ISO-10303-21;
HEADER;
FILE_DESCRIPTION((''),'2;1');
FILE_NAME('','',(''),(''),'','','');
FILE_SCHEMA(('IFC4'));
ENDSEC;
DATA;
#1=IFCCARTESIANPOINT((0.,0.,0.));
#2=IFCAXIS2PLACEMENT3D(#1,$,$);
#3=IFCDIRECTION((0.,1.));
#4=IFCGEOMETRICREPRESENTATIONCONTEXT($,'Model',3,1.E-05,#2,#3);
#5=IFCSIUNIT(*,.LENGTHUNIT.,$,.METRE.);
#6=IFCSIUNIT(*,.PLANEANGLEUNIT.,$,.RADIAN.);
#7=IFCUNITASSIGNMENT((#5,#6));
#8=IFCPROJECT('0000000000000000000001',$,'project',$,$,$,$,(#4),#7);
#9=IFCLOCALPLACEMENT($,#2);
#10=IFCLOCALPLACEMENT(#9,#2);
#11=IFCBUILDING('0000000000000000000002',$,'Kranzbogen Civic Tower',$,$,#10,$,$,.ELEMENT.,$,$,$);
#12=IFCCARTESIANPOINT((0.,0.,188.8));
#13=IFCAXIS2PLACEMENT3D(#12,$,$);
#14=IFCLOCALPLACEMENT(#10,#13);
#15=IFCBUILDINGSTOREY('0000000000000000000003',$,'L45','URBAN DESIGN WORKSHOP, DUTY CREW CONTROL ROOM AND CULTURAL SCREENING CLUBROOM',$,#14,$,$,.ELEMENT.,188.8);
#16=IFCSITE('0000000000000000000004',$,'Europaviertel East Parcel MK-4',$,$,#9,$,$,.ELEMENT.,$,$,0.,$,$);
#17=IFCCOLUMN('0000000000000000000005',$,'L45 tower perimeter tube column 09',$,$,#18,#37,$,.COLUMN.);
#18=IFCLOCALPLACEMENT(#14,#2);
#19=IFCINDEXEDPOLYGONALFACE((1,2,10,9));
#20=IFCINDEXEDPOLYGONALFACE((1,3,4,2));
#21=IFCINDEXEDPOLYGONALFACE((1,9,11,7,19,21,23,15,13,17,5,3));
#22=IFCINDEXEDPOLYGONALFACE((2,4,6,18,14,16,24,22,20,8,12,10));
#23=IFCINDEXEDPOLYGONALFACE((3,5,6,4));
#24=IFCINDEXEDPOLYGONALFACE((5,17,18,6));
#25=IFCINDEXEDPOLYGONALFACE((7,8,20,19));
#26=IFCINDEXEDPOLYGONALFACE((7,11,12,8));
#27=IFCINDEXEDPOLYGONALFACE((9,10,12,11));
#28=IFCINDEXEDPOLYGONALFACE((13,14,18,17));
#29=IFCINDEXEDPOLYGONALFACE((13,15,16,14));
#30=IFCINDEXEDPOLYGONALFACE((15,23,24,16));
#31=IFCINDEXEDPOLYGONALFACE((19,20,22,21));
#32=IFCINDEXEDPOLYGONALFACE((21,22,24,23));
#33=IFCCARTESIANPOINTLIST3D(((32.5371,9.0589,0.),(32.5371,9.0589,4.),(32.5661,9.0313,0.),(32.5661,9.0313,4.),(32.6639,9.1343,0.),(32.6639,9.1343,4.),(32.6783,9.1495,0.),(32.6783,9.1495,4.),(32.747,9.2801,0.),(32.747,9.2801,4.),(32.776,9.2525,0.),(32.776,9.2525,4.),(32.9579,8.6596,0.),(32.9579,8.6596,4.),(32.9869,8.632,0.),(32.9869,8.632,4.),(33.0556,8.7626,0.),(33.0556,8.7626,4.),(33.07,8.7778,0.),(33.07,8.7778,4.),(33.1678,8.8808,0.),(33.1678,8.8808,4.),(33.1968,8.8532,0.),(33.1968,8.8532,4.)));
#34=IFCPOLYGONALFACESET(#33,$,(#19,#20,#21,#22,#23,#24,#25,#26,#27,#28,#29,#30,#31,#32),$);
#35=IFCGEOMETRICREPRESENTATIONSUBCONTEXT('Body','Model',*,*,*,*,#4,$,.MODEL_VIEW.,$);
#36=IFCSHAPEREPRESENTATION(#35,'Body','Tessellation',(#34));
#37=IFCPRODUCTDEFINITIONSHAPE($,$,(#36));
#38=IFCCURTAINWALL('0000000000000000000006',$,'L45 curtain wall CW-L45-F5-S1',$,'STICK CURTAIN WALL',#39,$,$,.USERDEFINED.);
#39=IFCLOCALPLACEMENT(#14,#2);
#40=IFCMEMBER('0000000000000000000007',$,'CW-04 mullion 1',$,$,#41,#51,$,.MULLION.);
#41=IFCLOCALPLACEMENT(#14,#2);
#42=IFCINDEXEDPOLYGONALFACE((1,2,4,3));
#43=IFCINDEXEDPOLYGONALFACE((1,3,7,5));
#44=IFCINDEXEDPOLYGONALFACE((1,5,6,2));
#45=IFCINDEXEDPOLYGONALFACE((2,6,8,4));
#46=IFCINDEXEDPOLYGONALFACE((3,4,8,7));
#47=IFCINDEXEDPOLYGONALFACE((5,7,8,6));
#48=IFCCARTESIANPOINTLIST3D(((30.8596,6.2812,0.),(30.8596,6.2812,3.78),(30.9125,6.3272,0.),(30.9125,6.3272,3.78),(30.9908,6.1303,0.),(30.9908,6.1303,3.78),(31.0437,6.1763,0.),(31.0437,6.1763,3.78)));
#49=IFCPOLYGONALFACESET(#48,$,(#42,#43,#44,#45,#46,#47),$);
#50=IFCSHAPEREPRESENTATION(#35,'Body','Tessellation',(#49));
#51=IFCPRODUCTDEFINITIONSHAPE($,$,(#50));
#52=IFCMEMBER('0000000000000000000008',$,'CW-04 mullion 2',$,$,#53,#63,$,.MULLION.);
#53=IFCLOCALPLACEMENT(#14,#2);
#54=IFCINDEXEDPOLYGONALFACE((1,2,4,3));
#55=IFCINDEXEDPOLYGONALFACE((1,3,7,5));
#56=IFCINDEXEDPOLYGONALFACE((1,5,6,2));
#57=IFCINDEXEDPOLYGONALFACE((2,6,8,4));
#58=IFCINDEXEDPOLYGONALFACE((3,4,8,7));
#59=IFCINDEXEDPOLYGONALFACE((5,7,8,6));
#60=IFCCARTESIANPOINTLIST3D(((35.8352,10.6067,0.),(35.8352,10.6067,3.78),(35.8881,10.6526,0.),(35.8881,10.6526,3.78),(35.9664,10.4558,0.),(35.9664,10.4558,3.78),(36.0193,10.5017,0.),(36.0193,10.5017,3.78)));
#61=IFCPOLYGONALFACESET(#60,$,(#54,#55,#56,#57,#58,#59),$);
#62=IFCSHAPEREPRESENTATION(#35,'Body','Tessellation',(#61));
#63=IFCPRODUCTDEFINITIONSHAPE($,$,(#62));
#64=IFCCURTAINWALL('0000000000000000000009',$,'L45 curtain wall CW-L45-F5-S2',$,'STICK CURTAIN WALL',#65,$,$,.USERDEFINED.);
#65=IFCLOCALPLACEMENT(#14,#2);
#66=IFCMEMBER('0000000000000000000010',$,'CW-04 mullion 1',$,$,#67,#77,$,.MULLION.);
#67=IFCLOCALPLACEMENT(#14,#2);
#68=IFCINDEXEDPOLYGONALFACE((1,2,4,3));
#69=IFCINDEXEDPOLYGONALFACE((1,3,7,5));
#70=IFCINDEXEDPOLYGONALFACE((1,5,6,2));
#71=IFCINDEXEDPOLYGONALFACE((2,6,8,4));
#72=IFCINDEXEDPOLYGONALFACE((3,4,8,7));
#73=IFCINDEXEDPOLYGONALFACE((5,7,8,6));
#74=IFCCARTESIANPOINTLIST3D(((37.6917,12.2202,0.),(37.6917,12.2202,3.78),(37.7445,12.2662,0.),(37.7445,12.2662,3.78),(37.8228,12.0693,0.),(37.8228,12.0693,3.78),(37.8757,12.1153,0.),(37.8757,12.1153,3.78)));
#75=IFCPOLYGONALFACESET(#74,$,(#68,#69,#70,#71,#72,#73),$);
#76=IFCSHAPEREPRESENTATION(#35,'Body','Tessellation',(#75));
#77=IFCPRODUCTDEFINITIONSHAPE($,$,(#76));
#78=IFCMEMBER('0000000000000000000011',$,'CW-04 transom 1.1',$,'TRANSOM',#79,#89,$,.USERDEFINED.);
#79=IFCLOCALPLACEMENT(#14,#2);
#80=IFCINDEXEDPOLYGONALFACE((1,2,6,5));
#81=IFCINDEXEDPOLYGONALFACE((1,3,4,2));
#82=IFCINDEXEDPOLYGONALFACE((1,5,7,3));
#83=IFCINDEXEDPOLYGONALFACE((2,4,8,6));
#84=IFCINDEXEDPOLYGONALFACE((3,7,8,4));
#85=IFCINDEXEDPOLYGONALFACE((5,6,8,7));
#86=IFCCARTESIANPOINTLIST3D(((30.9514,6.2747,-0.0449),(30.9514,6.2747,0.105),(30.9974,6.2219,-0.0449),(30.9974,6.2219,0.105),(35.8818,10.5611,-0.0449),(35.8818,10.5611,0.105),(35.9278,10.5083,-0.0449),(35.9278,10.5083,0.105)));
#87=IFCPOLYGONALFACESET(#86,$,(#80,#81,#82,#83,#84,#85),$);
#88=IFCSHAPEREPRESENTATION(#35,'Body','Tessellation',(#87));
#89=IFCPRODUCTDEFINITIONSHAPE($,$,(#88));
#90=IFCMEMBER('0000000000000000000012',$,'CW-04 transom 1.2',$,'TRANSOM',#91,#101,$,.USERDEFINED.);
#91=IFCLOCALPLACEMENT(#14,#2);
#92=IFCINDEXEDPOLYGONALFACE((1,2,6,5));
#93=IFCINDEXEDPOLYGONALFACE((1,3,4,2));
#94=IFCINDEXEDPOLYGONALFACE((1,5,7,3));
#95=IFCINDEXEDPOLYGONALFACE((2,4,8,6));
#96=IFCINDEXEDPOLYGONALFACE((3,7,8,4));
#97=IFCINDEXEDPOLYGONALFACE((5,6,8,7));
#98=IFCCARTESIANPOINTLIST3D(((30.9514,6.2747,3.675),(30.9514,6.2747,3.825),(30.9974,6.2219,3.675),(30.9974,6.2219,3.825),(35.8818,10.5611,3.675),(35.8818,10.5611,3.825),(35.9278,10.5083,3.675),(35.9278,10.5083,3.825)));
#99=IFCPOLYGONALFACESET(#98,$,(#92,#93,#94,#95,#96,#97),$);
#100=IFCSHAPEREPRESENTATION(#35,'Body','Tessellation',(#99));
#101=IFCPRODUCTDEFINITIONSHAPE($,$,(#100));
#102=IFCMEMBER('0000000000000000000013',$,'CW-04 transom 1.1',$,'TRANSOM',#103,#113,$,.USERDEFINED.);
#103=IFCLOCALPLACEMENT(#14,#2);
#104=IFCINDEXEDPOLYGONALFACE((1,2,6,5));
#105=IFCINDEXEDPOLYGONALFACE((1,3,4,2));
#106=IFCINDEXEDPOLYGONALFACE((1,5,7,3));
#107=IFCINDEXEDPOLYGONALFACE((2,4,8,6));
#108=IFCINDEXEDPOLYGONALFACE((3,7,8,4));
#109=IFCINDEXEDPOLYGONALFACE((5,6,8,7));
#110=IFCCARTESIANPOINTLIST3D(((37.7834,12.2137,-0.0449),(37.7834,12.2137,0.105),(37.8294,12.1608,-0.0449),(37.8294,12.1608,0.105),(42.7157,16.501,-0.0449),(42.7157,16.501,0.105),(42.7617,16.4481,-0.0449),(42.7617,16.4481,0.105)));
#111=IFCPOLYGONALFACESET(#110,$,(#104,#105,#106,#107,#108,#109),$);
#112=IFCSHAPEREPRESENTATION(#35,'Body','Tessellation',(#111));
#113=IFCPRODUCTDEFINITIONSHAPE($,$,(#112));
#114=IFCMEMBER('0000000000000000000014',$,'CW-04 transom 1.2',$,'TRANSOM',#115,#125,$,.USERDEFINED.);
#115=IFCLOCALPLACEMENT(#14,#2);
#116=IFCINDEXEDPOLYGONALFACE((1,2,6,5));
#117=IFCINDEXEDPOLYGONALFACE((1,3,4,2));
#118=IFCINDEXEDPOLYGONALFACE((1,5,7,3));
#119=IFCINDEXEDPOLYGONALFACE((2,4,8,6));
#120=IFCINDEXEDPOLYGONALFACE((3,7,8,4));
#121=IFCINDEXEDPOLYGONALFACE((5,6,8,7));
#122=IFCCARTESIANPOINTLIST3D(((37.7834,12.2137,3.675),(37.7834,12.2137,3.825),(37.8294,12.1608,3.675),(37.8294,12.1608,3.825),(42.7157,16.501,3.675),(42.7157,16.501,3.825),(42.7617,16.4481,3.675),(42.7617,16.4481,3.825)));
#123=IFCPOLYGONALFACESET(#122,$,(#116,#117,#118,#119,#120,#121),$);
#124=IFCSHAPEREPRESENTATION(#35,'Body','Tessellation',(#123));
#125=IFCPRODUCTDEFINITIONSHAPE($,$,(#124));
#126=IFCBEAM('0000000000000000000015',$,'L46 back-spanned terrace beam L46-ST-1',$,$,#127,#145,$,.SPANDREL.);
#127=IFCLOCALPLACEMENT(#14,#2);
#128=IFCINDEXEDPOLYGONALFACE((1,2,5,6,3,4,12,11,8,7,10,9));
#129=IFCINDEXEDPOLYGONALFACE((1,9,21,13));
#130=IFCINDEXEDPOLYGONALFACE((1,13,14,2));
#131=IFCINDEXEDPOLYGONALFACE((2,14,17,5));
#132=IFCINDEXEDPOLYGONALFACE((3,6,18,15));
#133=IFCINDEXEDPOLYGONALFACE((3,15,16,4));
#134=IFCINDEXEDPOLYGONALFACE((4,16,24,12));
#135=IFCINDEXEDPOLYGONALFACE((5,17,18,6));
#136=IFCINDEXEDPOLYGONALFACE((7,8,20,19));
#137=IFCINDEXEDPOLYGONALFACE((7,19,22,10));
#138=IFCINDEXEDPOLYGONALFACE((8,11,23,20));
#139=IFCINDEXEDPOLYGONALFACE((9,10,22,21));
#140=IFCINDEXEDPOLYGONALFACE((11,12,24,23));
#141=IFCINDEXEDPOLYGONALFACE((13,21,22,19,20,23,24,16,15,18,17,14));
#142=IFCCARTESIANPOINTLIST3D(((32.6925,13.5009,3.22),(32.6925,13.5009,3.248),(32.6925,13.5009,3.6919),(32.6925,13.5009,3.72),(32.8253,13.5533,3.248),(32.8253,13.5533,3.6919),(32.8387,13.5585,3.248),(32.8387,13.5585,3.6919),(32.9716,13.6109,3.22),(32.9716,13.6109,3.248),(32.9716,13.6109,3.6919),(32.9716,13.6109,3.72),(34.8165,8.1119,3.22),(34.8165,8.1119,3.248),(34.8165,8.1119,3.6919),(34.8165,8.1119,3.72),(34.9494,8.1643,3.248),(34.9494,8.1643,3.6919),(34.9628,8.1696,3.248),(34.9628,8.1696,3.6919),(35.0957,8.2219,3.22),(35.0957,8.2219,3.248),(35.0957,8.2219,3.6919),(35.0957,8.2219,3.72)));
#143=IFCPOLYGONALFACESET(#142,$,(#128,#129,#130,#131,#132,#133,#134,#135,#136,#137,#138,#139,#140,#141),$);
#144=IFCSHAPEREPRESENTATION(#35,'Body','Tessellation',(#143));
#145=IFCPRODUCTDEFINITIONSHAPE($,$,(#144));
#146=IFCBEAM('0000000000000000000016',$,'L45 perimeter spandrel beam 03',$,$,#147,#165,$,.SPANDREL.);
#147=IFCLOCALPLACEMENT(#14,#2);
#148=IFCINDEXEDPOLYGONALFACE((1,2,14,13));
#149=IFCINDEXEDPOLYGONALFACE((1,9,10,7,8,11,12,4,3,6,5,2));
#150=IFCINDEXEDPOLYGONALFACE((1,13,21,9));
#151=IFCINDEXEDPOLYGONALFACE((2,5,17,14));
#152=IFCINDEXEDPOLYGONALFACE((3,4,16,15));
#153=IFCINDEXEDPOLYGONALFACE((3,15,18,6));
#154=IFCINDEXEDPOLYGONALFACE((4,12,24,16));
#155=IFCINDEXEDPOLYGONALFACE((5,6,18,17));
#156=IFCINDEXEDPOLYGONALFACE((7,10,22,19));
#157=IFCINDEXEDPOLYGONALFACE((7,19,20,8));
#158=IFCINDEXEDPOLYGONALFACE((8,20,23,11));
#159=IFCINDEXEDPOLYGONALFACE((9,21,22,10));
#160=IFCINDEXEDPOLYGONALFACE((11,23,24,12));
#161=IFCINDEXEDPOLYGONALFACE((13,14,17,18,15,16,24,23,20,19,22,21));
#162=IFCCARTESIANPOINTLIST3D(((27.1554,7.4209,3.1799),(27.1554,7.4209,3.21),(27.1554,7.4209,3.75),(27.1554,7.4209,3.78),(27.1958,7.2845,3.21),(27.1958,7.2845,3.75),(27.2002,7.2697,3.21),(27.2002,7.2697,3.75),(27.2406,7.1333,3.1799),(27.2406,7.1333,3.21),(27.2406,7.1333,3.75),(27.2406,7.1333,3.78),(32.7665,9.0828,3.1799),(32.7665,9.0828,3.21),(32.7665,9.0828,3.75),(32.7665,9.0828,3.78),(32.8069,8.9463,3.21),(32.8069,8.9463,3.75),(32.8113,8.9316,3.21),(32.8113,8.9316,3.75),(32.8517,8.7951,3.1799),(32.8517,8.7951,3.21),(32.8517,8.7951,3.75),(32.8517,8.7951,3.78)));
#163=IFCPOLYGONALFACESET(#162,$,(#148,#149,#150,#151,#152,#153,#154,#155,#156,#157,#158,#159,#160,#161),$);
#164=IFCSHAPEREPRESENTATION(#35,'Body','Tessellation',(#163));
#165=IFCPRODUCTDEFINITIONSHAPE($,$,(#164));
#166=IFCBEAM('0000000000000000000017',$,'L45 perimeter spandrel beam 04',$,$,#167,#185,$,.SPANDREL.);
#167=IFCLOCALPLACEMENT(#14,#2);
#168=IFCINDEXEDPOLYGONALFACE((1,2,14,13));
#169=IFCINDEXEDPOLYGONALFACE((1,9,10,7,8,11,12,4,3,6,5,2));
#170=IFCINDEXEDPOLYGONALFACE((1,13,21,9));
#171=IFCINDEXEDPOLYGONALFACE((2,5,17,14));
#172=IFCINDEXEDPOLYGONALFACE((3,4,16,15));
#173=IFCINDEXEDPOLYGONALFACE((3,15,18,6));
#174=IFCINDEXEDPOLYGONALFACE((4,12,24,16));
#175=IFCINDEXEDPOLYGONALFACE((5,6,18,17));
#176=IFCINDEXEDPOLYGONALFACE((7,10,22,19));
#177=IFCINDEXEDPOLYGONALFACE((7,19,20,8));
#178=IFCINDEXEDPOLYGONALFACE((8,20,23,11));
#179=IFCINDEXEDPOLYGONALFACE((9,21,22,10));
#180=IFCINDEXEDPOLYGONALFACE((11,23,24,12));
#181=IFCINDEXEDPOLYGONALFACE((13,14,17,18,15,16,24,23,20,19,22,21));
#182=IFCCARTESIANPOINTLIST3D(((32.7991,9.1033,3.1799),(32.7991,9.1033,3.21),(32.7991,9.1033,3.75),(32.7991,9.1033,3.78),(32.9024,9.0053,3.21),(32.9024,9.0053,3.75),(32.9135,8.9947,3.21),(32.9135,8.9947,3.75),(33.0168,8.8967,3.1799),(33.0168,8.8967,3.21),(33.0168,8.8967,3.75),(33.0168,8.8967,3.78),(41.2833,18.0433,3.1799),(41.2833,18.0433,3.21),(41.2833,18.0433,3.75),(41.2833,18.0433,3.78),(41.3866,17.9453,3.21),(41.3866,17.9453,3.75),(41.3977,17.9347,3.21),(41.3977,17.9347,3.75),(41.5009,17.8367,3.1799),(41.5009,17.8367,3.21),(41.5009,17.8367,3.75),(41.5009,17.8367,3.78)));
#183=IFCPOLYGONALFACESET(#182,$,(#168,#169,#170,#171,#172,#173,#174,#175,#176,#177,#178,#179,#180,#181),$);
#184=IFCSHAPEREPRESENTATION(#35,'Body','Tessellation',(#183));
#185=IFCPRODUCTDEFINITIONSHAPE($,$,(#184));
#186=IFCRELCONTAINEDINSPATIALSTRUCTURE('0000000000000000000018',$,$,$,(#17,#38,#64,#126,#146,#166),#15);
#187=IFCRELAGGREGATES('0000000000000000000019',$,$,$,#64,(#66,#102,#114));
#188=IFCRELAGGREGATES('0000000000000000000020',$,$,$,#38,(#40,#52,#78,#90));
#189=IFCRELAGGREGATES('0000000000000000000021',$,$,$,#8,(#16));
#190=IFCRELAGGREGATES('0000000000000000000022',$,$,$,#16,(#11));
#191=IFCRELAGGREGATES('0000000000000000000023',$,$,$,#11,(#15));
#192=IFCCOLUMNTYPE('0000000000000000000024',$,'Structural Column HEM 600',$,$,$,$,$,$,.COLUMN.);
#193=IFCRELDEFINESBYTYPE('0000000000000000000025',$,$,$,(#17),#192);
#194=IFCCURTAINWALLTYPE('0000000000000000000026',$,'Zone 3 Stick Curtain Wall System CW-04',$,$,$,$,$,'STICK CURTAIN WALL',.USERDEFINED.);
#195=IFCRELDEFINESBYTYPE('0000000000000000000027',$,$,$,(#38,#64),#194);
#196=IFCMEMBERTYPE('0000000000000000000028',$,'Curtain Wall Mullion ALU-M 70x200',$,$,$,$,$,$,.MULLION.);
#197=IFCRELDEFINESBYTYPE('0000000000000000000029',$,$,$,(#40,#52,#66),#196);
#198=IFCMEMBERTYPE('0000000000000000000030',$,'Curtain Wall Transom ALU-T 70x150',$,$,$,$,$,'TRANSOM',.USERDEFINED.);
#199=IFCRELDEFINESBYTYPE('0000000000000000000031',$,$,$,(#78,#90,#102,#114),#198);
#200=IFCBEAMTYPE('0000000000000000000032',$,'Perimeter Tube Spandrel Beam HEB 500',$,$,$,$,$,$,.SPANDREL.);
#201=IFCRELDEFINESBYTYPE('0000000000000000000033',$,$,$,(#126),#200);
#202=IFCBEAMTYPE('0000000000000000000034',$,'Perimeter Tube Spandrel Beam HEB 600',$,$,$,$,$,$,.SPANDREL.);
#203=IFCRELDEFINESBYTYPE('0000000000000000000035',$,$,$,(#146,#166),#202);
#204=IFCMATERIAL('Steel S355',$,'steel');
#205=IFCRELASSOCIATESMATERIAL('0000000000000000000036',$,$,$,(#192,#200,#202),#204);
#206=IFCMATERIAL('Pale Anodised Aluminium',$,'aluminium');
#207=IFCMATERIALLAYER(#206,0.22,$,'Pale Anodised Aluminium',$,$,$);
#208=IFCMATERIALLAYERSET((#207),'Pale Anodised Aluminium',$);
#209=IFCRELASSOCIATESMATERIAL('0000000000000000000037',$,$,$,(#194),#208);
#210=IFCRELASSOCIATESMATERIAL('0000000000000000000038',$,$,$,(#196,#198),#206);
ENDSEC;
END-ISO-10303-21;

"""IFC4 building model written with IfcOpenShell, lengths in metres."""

from ifc_helpers import new_model, si_unit, direction, frame, origin, origin_2d, place, context, subcontext, project, spatial, rectangle, i_section, extrude, material, layer, layer_set, material_profile, profile_set, type_object, element, aggregate, save


model = new_model("IFC4")

# Units and contexts
model_context = context("Model", 3, precision=1e-05, world=origin(), true_north=direction((0.0, 1.0)))
body_context = subcontext(model_context, "Body", "Model", "MODEL_VIEW")
ifc_project = project(units=[si_unit("LENGTHUNIT", "METRE"), si_unit("PLANEANGLEUNIT", "RADIAN")], contexts=[model_context])

# Site, building, storey
site_placement = place(None, origin())
site = spatial("IfcSite", under=ifc_project, at=site_placement, Name="Europaviertel East Parcel MK-4", CompositionType="ELEMENT", RefElevation=0.0)
building_placement = place(site_placement, origin())
building = spatial("IfcBuilding", under=site, at=building_placement, Name="Kranzbogen Civic Tower", CompositionType="ELEMENT")
storey_placement = place(building_placement, frame((0.0, 0.0, 188.8)))
storey = spatial("IfcBuildingStorey", under=building, at=storey_placement, Name="L45", Description="URBAN DESIGN WORKSHOP, DUTY CREW CONTROL ROOM AND CULTURAL SCREENING CLUBROOM", CompositionType="ELEMENT", Elevation=188.8)

# Column
ifc_material_1 = material(Name="Steel S355", Category="steel")
ifc_material_profile_1 = material_profile(ifc_material_1, i_section(OverallWidth=0.3049, OverallDepth=0.6201, WebThickness=0.021, FlangeThickness=0.04, at=origin_2d()), Name="HEM 600")
ifc_profile_set_1 = profile_set([ifc_material_profile_1], Name="Steel S355")
column_type = type_object("IfcColumnType", Name="Structural Column HEM 600", PredefinedType="COLUMN", material=ifc_profile_set_1)
column_placement = place(storey_placement, frame((32.8669, 8.9561, 0.0), z_axis=(0.0, 0.0, 1.0), x_axis=(0.688355, 0.725374, 0.0)))
element("IfcColumn", 1, at=column_placement, inside=storey, type_object=column_type, Name="L45 tower perimeter tube column 09", PredefinedType="COLUMN", context=body_context, shape_type="SweptSolid", body=[
    extrude(i_section(OverallWidth=0.3049, OverallDepth=0.6201, WebThickness=0.021, FlangeThickness=0.04, at=origin_2d()), origin(), (0.0, 0.0, 1.0), 4.0),
])

# Curtain wall, members
ifc_material_2 = material(Name="Pale Anodised Aluminium", Category="aluminium")
ifc_layer_1 = layer(ifc_material_2, 0.22, Name="Pale Anodised Aluminium")
ifc_layer_set_1 = layer_set([ifc_layer_1], Name="Pale Anodised Aluminium")
curtain_wall_type = type_object("IfcCurtainWallType", Name="Zone 3 Stick Curtain Wall System CW-04", ElementType="STICK CURTAIN WALL", PredefinedType="USERDEFINED", material=ifc_layer_set_1)
curtain_wall_1_placement = place(storey_placement, origin())
curtain_wall_1 = element("IfcCurtainWall", 2, at=curtain_wall_1_placement, inside=storey, type_object=curtain_wall_type, Name="L45 curtain wall CW-L45-F5-S1", ObjectType="STICK CURTAIN WALL", PredefinedType="USERDEFINED")
ifc_material_profile_2 = material_profile(ifc_material_2, rectangle(XDim=0.0701, YDim=0.2, at=origin_2d()), Name="ALU-M 70x200")
ifc_profile_set_2 = profile_set([ifc_material_profile_2], Name="Pale Anodised Aluminium")
member_type_1 = type_object("IfcMemberType", Name="Curtain Wall Mullion ALU-M 70x200", PredefinedType="MULLION", material=ifc_profile_set_2)
member_1_placement = place(storey_placement, frame((30.9517, 6.2288, 0.0), z_axis=(0.0, 0.0, 1.0), x_axis=(0.754686, 0.656086, 0.0)))
member_1 = element("IfcMember", 3, at=member_1_placement, type_object=member_type_1, Name="CW-04 mullion 1", PredefinedType="MULLION", context=body_context, shape_type="SweptSolid", body=[
    extrude(rectangle(XDim=0.0701, YDim=0.2, at=origin_2d()), origin(), (0.0, 0.0, 1.0), 3.78),
])
member_2_placement = place(storey_placement, frame((35.9272, 10.5542, 0.0), z_axis=(0.0, 0.0, 1.0), x_axis=(0.754686, 0.656086, 0.0)))
member_2 = element("IfcMember", 4, at=member_2_placement, type_object=member_type_1, Name="CW-04 mullion 2", PredefinedType="MULLION", context=body_context, shape_type="SweptSolid", body=[
    extrude(rectangle(XDim=0.0701, YDim=0.2, at=origin_2d()), origin(), (0.0, 0.0, 1.0), 3.78),
])

# Curtain wall, member
curtain_wall_2_placement = place(storey_placement, origin())
curtain_wall_2 = element("IfcCurtainWall", 5, at=curtain_wall_2_placement, inside=storey, type_object=curtain_wall_type, Name="L45 curtain wall CW-L45-F5-S2", ObjectType="STICK CURTAIN WALL", PredefinedType="USERDEFINED")
member_3_placement = place(storey_placement, frame((37.7837, 12.1677, 0.0), z_axis=(0.0, 0.0, 1.0), x_axis=(0.754741, 0.656022, 0.0)))
member_3 = element("IfcMember", 6, at=member_3_placement, type_object=member_type_1, Name="CW-04 mullion 1", PredefinedType="MULLION", context=body_context, shape_type="SweptSolid", body=[
    extrude(rectangle(XDim=0.0701, YDim=0.2, at=origin_2d()), origin(), (0.0, 0.0, 1.0), 3.78),
])

# Members
ifc_material_profile_3 = material_profile(ifc_material_2, rectangle(XDim=0.0701, YDim=0.1499, at=origin_2d()), Name="ALU-T 70x150")
ifc_profile_set_3 = profile_set([ifc_material_profile_3], Name="Pale Anodised Aluminium")
member_type_2 = type_object("IfcMemberType", Name="Curtain Wall Transom ALU-T 70x150", ElementType="TRANSOM", PredefinedType="USERDEFINED", material=ifc_profile_set_3)
member_4_placement = place(storey_placement, frame((30.9744, 6.2483, 0.03), z_axis=(0.754677, 0.656096, 0.0), x_axis=(-0.656096, 0.754677, 0.0)))
member_4 = element("IfcMember", 7, at=member_4_placement, type_object=member_type_2, Name="CW-04 transom 1.1", ObjectType="TRANSOM", PredefinedType="USERDEFINED", context=body_context, shape_type="SweptSolid", body=[
    extrude(rectangle(XDim=0.0701, YDim=0.1499, at=origin_2d()), origin(), (0.0, 0.0, 1.0), 6.5332),
])
member_5_placement = place(storey_placement, frame((30.9744, 6.2483, 3.75), z_axis=(0.754677, 0.656096, 0.0), x_axis=(-0.656096, 0.754677, 0.0)))
member_5 = element("IfcMember", 8, at=member_5_placement, type_object=member_type_2, Name="CW-04 transom 1.2", ObjectType="TRANSOM", PredefinedType="USERDEFINED", context=body_context, shape_type="SweptSolid", body=[
    extrude(rectangle(XDim=0.0701, YDim=0.1499, at=origin_2d()), origin(), (0.0, 0.0, 1.0), 6.5332),
])
member_6_placement = place(storey_placement, frame((37.8064, 12.1873, 0.03), z_axis=(0.754732, 0.656033, 0.0), x_axis=(-0.656033, 0.754732, 0.0)))
member_6 = element("IfcMember", 9, at=member_6_placement, type_object=member_type_2, Name="CW-04 transom 1.1", ObjectType="TRANSOM", PredefinedType="USERDEFINED", context=body_context, shape_type="SweptSolid", body=[
    extrude(rectangle(XDim=0.0701, YDim=0.1499, at=origin_2d()), origin(), (0.0, 0.0, 1.0), 6.5352),
])
member_7_placement = place(storey_placement, frame((37.8064, 12.1873, 3.75), z_axis=(0.754732, 0.656033, 0.0), x_axis=(-0.656033, 0.754732, 0.0)))
member_7 = element("IfcMember", 10, at=member_7_placement, type_object=member_type_2, Name="CW-04 transom 1.2", ObjectType="TRANSOM", PredefinedType="USERDEFINED", context=body_context, shape_type="SweptSolid", body=[
    extrude(rectangle(XDim=0.0701, YDim=0.1499, at=origin_2d()), origin(), (0.0, 0.0, 1.0), 6.5352),
])
aggregate(curtain_wall_2, [member_3, member_6, member_7])

# Beams
ifc_material_profile_4 = material_profile(ifc_material_1, i_section(OverallWidth=0.3, OverallDepth=0.5, WebThickness=0.0144, FlangeThickness=0.0281, at=origin_2d()), Name="HEB 500")
ifc_profile_set_4 = profile_set([ifc_material_profile_4], Name="Steel S355")
beam_type_1 = type_object("IfcBeamType", Name="Perimeter Tube Spandrel Beam HEB 500", PredefinedType="SPANDREL", material=ifc_profile_set_4)
beam_1_placement = place(storey_placement, frame((32.832, 13.5559, 3.47), z_axis=(0.366691, -0.930343, 0.0), x_axis=(0.930343, 0.366691, 0.0)))
element("IfcBeam", 11, at=beam_1_placement, inside=storey, type_object=beam_type_1, Name="L46 back-spanned terrace beam L46-ST-1", PredefinedType="SPANDREL", context=body_context, shape_type="SweptSolid", body=[
    extrude(i_section(OverallWidth=0.3, OverallDepth=0.5, WebThickness=0.0144, FlangeThickness=0.0281, at=origin_2d()), origin(), (0.0, 0.0, 1.0), 5.7925),
])
ifc_material_profile_5 = material_profile(ifc_material_1, i_section(OverallWidth=0.3, OverallDepth=0.6001, WebThickness=0.0154, FlangeThickness=0.03, at=origin_2d()), Name="HEB 600")
ifc_profile_set_5 = profile_set([ifc_material_profile_5], Name="Steel S355")
beam_type_2 = type_object("IfcBeamType", Name="Perimeter Tube Spandrel Beam HEB 600", PredefinedType="SPANDREL", material=ifc_profile_set_5)
beam_2_placement = place(storey_placement, frame((27.198, 7.2771, 3.48), z_axis=(0.95883, 0.283982, 0.0), x_axis=(-0.283982, 0.95883, 0.0)))
element("IfcBeam", 12, at=beam_2_placement, inside=storey, type_object=beam_type_2, Name="L45 perimeter spandrel beam 03", PredefinedType="SPANDREL", context=body_context, shape_type="SweptSolid", body=[
    extrude(i_section(OverallWidth=0.3, OverallDepth=0.6001, WebThickness=0.0154, FlangeThickness=0.03, at=origin_2d()), origin(), (0.0, 0.0, 1.0), 5.8521),
])
beam_3_placement = place(storey_placement, frame((32.908, 9.0, 3.48), z_axis=(0.688373, 0.725356, 0.0), x_axis=(-0.725356, 0.688373, 0.0)))
element("IfcBeam", 13, at=beam_3_placement, inside=storey, type_object=beam_type_2, Name="L45 perimeter spandrel beam 04", PredefinedType="SPANDREL", context=body_context, shape_type="SweptSolid", body=[
    extrude(i_section(OverallWidth=0.3, OverallDepth=0.6001, WebThickness=0.0154, FlangeThickness=0.03, at=origin_2d()), origin(), (0.0, 0.0, 1.0), 12.325),
])

aggregate(curtain_wall_1, [member_1, member_2, member_4, member_5])

save(model, "model.ifc")
